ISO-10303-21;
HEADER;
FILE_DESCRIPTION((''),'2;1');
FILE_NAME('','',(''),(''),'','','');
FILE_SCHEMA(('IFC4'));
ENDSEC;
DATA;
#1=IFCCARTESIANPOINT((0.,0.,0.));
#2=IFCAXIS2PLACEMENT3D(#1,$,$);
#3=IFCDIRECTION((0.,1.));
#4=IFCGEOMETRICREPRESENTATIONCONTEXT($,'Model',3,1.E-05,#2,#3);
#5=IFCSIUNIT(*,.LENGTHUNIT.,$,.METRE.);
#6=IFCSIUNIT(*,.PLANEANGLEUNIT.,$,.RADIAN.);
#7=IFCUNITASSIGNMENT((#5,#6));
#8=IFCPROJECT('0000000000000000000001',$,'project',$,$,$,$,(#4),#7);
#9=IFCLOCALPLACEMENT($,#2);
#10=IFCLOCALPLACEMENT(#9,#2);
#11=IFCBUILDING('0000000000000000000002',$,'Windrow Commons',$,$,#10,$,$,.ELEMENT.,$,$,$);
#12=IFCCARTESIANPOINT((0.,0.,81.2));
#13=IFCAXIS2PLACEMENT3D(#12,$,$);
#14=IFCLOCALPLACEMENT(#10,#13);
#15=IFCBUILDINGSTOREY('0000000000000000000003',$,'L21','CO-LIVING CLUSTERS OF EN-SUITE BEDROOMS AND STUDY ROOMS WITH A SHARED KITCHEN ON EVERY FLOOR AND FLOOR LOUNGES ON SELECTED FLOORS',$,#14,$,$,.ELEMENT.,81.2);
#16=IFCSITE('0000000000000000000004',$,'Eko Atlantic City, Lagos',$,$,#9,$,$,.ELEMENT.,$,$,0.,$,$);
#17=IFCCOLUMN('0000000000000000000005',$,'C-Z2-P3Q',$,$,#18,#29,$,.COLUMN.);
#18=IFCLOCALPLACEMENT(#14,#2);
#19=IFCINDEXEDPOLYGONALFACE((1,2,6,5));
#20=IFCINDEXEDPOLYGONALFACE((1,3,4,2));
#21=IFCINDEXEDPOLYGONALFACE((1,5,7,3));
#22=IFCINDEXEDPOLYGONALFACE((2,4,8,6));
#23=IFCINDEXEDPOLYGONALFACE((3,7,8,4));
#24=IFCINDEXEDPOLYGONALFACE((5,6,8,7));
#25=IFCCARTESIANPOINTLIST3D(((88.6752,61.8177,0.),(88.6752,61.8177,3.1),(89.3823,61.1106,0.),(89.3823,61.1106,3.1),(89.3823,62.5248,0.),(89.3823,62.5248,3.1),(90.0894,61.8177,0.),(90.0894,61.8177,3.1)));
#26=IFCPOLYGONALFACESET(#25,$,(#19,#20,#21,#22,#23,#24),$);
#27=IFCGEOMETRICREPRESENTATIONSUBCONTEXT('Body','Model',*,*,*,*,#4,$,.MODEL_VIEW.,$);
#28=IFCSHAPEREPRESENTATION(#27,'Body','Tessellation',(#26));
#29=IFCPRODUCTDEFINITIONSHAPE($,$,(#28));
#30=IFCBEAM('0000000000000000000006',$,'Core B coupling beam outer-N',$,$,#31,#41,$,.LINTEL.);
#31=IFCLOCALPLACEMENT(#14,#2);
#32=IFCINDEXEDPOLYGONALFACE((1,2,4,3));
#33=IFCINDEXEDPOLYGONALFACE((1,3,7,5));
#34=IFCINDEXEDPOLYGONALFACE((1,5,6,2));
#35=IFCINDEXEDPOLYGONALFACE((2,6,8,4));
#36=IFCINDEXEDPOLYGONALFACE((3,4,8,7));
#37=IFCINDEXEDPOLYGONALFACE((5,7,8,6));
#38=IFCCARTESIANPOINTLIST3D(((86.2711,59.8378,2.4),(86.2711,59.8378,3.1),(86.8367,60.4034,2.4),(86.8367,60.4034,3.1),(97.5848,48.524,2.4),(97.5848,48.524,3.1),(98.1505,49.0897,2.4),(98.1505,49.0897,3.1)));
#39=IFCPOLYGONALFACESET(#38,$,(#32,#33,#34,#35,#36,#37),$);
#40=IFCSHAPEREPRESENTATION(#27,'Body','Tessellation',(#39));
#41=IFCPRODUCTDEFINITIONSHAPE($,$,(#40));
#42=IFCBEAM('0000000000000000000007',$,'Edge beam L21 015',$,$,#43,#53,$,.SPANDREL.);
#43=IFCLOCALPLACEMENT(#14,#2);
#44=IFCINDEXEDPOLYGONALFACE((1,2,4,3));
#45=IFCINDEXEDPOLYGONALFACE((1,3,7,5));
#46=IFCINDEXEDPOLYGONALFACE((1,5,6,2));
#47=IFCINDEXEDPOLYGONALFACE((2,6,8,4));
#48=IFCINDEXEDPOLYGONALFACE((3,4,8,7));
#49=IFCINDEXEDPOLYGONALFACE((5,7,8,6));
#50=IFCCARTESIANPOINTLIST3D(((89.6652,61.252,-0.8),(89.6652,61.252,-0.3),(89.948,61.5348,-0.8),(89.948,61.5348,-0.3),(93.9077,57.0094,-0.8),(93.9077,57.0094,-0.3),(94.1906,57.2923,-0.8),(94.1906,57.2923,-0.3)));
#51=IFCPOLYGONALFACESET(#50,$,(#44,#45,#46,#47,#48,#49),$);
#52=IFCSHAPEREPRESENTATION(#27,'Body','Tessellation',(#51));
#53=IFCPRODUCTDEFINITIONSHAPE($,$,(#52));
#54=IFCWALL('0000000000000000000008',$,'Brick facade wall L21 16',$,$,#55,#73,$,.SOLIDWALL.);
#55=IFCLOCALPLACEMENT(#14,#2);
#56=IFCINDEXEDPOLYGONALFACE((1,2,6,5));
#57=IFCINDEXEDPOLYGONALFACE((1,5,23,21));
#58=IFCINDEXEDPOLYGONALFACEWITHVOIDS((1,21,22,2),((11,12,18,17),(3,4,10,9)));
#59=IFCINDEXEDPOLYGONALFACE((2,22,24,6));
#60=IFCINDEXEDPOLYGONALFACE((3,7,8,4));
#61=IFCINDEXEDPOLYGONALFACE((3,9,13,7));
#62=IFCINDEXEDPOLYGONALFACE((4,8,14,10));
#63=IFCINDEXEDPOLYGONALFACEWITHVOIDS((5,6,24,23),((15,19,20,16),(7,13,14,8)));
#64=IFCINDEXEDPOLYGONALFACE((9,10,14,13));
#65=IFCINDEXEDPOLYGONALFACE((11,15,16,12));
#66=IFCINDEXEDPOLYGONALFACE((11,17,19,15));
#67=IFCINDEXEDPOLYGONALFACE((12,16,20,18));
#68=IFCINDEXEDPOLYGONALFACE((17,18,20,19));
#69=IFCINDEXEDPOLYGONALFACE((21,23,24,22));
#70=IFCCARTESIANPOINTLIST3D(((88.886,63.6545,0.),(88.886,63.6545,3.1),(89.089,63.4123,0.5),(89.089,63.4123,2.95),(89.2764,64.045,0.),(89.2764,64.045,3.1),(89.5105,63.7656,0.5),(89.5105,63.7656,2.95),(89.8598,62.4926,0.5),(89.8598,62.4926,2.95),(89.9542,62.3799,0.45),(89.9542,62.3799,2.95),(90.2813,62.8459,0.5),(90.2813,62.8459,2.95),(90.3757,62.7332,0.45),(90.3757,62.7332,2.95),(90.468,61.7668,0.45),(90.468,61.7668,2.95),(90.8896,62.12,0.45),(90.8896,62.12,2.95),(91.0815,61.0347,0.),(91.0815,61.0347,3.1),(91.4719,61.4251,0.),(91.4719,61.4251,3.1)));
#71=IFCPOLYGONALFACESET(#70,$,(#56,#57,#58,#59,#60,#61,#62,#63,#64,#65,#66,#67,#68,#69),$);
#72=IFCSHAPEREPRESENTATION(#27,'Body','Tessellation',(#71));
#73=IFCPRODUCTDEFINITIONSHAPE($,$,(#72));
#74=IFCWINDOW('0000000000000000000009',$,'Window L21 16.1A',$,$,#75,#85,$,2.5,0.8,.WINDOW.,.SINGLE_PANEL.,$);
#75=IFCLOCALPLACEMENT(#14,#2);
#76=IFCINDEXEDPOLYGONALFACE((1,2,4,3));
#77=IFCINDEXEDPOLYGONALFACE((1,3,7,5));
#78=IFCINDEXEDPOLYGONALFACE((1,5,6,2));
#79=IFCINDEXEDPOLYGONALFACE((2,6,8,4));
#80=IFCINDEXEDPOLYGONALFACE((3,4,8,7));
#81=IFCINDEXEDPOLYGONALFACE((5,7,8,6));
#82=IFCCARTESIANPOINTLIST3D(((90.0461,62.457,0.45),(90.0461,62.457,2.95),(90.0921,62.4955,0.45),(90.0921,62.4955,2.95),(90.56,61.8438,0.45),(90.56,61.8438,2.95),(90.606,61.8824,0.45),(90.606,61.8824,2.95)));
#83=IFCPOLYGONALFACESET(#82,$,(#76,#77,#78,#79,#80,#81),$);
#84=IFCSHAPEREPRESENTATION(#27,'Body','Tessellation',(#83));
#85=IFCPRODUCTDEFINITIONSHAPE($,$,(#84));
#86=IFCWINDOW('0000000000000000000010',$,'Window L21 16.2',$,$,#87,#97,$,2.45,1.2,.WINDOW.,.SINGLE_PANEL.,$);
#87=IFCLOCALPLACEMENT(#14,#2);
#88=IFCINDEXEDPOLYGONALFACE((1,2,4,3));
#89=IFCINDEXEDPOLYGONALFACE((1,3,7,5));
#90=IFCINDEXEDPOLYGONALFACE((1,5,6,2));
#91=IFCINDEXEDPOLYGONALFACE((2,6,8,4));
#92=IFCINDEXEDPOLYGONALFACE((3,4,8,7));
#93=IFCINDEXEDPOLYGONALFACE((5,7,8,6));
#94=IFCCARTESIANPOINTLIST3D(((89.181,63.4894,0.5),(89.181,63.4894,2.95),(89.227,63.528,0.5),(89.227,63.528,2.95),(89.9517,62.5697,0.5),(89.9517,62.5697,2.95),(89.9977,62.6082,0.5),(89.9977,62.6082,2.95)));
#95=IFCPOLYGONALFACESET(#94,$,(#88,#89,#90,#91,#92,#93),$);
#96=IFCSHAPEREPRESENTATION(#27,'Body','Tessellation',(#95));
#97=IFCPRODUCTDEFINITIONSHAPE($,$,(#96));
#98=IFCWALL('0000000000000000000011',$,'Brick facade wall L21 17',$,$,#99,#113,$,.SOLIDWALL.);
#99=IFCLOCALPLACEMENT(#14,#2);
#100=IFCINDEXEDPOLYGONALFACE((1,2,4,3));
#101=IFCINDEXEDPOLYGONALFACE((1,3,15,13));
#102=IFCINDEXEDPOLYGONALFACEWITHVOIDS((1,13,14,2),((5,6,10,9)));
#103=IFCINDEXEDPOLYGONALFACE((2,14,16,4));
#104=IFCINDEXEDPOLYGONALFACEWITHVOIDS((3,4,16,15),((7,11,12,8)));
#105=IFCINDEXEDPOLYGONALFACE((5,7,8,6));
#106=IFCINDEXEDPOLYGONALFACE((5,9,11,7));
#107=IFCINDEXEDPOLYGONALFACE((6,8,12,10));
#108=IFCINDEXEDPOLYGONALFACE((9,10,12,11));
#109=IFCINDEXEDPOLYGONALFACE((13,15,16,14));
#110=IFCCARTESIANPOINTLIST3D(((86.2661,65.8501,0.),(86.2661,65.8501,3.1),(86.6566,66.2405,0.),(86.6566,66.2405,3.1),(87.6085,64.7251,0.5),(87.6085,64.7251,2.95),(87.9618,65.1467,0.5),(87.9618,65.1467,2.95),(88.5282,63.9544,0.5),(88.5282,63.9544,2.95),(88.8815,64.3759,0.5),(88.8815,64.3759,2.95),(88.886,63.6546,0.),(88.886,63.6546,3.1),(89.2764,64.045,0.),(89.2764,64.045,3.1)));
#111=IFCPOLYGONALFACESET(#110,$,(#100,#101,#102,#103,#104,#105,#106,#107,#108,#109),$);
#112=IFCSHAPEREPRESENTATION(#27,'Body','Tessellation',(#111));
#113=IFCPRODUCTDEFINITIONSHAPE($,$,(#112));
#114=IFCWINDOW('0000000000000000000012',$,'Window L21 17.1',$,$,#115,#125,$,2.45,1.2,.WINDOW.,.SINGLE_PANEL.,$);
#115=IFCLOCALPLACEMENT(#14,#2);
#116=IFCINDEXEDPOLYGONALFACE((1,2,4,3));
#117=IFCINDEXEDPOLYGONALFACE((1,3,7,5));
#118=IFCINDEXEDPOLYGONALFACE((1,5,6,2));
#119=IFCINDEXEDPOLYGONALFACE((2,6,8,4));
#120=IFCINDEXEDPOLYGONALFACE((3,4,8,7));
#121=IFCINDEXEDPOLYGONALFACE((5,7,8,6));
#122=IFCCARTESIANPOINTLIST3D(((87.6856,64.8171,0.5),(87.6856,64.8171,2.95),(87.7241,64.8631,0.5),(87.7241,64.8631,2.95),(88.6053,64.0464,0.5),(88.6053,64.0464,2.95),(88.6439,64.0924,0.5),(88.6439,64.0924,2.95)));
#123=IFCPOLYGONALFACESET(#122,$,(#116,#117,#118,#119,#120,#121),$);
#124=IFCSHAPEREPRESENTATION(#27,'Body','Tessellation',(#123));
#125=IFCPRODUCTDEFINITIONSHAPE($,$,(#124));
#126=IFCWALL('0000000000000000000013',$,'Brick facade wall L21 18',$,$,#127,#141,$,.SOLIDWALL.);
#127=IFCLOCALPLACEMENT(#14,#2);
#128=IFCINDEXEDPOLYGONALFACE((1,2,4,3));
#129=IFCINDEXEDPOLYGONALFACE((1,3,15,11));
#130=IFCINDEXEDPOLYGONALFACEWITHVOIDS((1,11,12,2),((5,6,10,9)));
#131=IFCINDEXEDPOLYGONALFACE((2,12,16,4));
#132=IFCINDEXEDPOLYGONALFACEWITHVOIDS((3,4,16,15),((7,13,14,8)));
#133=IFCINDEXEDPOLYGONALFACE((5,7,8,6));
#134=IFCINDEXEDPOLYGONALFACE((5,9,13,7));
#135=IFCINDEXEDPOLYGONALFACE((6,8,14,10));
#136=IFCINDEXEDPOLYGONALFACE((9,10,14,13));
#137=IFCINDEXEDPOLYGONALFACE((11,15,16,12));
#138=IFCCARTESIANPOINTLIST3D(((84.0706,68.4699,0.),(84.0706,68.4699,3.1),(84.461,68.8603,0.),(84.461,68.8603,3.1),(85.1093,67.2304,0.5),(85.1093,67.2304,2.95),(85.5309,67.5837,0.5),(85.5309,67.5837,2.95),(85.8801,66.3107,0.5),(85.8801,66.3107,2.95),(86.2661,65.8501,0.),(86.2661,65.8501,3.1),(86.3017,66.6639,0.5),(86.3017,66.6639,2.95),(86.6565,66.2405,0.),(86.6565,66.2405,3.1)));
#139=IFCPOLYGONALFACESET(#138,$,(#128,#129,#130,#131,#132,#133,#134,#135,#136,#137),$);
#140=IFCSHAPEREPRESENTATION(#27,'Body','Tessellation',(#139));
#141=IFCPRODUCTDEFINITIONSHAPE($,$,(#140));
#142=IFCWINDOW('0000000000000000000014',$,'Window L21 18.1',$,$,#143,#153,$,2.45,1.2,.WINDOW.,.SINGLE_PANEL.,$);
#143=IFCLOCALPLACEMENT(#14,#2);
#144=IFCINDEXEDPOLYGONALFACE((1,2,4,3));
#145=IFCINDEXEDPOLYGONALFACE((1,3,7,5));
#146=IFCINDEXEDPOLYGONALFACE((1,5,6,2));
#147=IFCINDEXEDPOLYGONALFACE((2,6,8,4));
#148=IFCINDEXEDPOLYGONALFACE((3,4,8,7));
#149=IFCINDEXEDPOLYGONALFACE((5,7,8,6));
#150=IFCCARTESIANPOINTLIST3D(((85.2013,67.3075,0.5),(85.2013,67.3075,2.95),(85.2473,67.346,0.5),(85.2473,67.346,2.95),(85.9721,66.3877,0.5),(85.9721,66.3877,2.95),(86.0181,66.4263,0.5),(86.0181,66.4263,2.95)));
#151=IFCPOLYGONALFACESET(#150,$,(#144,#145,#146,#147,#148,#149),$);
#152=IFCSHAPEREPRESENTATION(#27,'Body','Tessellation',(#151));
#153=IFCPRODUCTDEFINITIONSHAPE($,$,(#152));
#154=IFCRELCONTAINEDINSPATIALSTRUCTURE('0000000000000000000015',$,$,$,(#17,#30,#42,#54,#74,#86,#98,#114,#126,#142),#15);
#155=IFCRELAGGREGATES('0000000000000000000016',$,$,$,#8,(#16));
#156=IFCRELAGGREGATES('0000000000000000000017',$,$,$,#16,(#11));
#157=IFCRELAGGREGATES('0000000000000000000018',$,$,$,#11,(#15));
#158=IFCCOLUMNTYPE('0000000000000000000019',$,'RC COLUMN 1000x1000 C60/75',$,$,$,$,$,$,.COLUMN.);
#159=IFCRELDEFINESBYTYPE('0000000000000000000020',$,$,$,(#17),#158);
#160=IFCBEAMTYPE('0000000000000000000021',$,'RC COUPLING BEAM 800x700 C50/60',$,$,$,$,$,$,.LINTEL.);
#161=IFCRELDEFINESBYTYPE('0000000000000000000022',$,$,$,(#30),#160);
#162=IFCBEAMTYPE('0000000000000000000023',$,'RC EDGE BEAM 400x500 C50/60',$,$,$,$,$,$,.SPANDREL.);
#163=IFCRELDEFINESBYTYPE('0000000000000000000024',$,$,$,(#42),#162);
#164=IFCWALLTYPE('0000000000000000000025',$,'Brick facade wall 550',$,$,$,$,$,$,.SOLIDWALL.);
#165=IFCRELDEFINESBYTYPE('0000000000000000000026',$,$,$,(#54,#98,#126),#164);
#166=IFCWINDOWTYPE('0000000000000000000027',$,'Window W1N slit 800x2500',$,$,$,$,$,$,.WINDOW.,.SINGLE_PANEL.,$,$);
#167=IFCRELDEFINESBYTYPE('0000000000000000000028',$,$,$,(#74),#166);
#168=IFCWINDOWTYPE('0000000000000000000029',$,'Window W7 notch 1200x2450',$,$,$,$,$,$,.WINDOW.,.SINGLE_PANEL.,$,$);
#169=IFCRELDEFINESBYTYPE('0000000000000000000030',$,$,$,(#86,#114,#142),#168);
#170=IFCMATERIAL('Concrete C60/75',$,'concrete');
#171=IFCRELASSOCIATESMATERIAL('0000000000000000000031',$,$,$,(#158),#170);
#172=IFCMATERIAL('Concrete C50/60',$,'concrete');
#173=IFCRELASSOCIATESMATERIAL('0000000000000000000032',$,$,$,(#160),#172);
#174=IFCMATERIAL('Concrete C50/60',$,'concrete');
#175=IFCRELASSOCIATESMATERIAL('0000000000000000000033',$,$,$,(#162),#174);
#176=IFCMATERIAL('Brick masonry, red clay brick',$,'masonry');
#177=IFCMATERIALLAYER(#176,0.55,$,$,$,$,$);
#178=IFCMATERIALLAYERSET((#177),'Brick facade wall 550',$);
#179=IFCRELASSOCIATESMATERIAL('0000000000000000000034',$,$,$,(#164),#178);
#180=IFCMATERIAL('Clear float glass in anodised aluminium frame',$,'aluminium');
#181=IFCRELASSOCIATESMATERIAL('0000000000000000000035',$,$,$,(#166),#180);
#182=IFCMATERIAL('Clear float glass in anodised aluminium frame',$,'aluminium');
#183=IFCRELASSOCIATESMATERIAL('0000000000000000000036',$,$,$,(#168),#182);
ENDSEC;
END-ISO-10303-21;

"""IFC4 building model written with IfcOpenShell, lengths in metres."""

from ifc_helpers import new_model, si_unit, direction, frame, frame_2d, origin, origin_2d, place, context, subcontext, project, spatial, polyline, rectangle, outline, extrude, material, layer, layer_set, material_profile, profile_set, type_object, element, fill, save


model = new_model("IFC4")

# Units and contexts
model_context = context("Model", 3, precision=1e-05, world=origin(), true_north=direction((0.0, 1.0)))
body_context = subcontext(model_context, "Body", "Model", "MODEL_VIEW")
ifc_project = project(units=[si_unit("LENGTHUNIT", "METRE"), si_unit("PLANEANGLEUNIT", "RADIAN")], contexts=[model_context])

# Site, building, storey
site_placement = place(None, origin())
site = spatial("IfcSite", under=ifc_project, at=site_placement, Name="Eko Atlantic City, Lagos", CompositionType="ELEMENT", RefElevation=0.0)
building_placement = place(site_placement, origin())
building = spatial("IfcBuilding", under=site, at=building_placement, Name="Windrow Commons", CompositionType="ELEMENT")
storey_placement = place(building_placement, frame((0.0, 0.0, 81.2)))
storey = spatial("IfcBuildingStorey", under=building, at=storey_placement, Name="L21", Description="CO-LIVING CLUSTERS OF EN-SUITE BEDROOMS AND STUDY ROOMS WITH A SHARED KITCHEN ON EVERY FLOOR AND FLOOR LOUNGES ON SELECTED FLOORS", CompositionType="ELEMENT", Elevation=81.2)

# Column
ifc_material_1 = material(Name="Concrete C60/75", Category="concrete")
ifc_material_profile_1 = material_profile(ifc_material_1, rectangle(XDim=1.0, YDim=1.0, at=origin_2d()))
ifc_profile_set_1 = profile_set([ifc_material_profile_1], Name="Concrete C60/75")
column_type = type_object("IfcColumnType", Name="RC COLUMN 1000x1000 C60/75", PredefinedType="COLUMN", material=ifc_profile_set_1)
column_placement = place(storey_placement, frame((89.3823, 61.8177, 0.0), z_axis=(0.0, 0.0, 1.0), x_axis=(0.707107, -0.707107, 0.0)))
element("IfcColumn", 1, at=column_placement, inside=storey, type_object=column_type, Name="C-Z2-P3Q", PredefinedType="COLUMN", context=body_context, shape_type="SweptSolid", body=[
    extrude(rectangle(XDim=1.0, YDim=1.0, at=origin_2d()), origin(), (0.0, 0.0, 1.0), 3.1),
])

# Beams
ifc_material_2 = material(Name="Concrete C50/60", Category="concrete")
ifc_material_profile_2 = material_profile(ifc_material_2, rectangle(XDim=0.8, YDim=0.7, at=origin_2d()))
ifc_profile_set_2 = profile_set([ifc_material_profile_2], Name="Concrete C50/60")
beam_type_1 = type_object("IfcBeamType", Name="RC COUPLING BEAM 800x700 C50/60", PredefinedType="LINTEL", material=ifc_profile_set_2)
beam_1_placement = place(storey_placement, frame((86.5539, 60.1206, 2.75), z_axis=(0.707107, -0.707107, 0.0), x_axis=(0.707107, 0.707107, 0.0)))
element("IfcBeam", 2, at=beam_1_placement, inside=storey, type_object=beam_type_1, Name="Core B coupling beam outer-N", PredefinedType="LINTEL", context=body_context, shape_type="SweptSolid", body=[
    extrude(rectangle(XDim=0.8, YDim=0.7, at=origin_2d()), origin(), (0.0, 0.0, 1.0), 16.0),
])
ifc_material_3 = material(Name="Concrete C50/60", Category="concrete")
ifc_material_profile_3 = material_profile(ifc_material_3, rectangle(XDim=0.4, YDim=0.5, at=origin_2d()))
ifc_profile_set_3 = profile_set([ifc_material_profile_3], Name="Concrete C50/60")
beam_type_2 = type_object("IfcBeamType", Name="RC EDGE BEAM 400x500 C50/60", PredefinedType="SPANDREL", material=ifc_profile_set_3)
beam_2_placement = place(storey_placement, frame((89.8066, 61.3934, -0.55), z_axis=(0.707107, -0.707107, 0.0), x_axis=(0.707107, 0.707107, 0.0)))
element("IfcBeam", 3, at=beam_2_placement, inside=storey, type_object=beam_type_2, Name="Edge beam L21 015", PredefinedType="SPANDREL", context=body_context, shape_type="SweptSolid", body=[
    extrude(rectangle(XDim=0.4, YDim=0.5, at=origin_2d()), origin(), (0.0, 0.0, 1.0), 5.9999),
])

# Wall, openings, windows
ifc_material_4 = material(Name="Brick masonry, red clay brick", Category="masonry")
ifc_layer_1 = layer(ifc_material_4, 0.55)
ifc_layer_set_1 = layer_set([ifc_layer_1], Name="Brick facade wall 550")
wall_type_1 = type_object("IfcWallType", Name="Brick facade wall 550", PredefinedType="SOLIDWALL", material=ifc_layer_set_1)
wall_1_placement = place(storey_placement, frame((91.2767, 61.2299, 0.0), z_axis=(0.0, 0.0, 1.0), x_axis=(-0.642297, 0.766456, 0.0)))
wall_1 = element("IfcWall", 4, at=wall_1_placement, inside=storey, type_object=wall_type_1, Name="Brick facade wall L21 16", PredefinedType="SOLIDWALL", context=body_context, shape_type="SweptSolid", body=[
    extrude(outline(polyline([(0.0242, -0.275), (3.4424, -0.275), (3.3939, 0.275), (-0.0242, 0.275), (0.0242, -0.275)])), origin(), (0.0, 0.0, 1.0), 3.1),
])
opening_1_placement = place(wall_1_placement, frame((1.8779, 0.0, 0.5)))
opening_1 = element("IfcOpeningElement", 5, at=opening_1_placement, cuts=wall_1, PredefinedType="OPENING", context=body_context, shape_type="SweptSolid", body=[
    extrude(rectangle(XDim=1.2, YDim=2.45, at=frame_2d((0.6, 1.225))), frame((0.0, 0.285, 0.0), z_axis=(0.0, -1.0, 0.0), x_axis=(1.0, 0.0, 0.0)), (0.0, 0.0, 1.0), 0.57),
])
opening_2_placement = place(wall_1_placement, frame((0.9309, 0.0, 0.45)))
opening_2 = element("IfcOpeningElement", 6, at=opening_2_placement, cuts=wall_1, PredefinedType="OPENING", context=body_context, shape_type="SweptSolid", body=[
    extrude(rectangle(XDim=0.8, YDim=2.5, at=frame_2d((0.4, 1.25))), frame((0.0, 0.285, 0.0), z_axis=(0.0, -1.0, 0.0), x_axis=(1.0, 0.0, 0.0)), (0.0, 0.0, 1.0), 0.57),
])
ifc_material_5 = material(Name="Clear float glass in anodised aluminium frame", Category="aluminium")
window_type_1 = type_object("IfcWindowType", Name="Window W1N slit 800x2500", PartitioningType="SINGLE_PANEL", PredefinedType="WINDOW", material=ifc_material_5)
window_1_placement = place(opening_2_placement, origin())
window_1 = element("IfcWindow", 7, at=window_1_placement, inside=storey, type_object=window_type_1, Name="Window L21 16.1A", OverallHeight=2.5, OverallWidth=0.8, PartitioningType="SINGLE_PANEL", PredefinedType="WINDOW", context=body_context, shape_type="SweptSolid", body=[
    extrude(rectangle(XDim=0.8, YDim=2.5, at=frame_2d((0.4, 1.25))), frame((0.0, 0.155, 0.0), z_axis=(0.0, -1.0, 0.0), x_axis=(1.0, 0.0, 0.0)), (0.0, 0.0, 1.0), 0.06),
])
fill(opening_2, window_1)
ifc_material_6 = material(Name="Clear float glass in anodised aluminium frame", Category="aluminium")
window_type_2 = type_object("IfcWindowType", Name="Window W7 notch 1200x2450", PartitioningType="SINGLE_PANEL", PredefinedType="WINDOW", material=ifc_material_6)
window_2_placement = place(opening_1_placement, origin())
window_2 = element("IfcWindow", 8, at=window_2_placement, inside=storey, type_object=window_type_2, Name="Window L21 16.2", OverallHeight=2.45, OverallWidth=1.2, PartitioningType="SINGLE_PANEL", PredefinedType="WINDOW", context=body_context, shape_type="SweptSolid", body=[
    extrude(rectangle(XDim=1.2, YDim=2.45, at=frame_2d((0.6, 1.225))), frame((0.0, 0.155, 0.0), z_axis=(0.0, -1.0, 0.0), x_axis=(1.0, 0.0, 0.0)), (0.0, 0.0, 1.0), 0.06),
])
fill(opening_1, window_2)

# Walls, openings, windows
wall_2_placement = place(storey_placement, frame((89.0812, 63.8498, 0.0), z_axis=(0.0, 0.0, 1.0), x_axis=(-0.766456, 0.642297, 0.0)))
wall_2 = element("IfcWall", 9, at=wall_2_placement, inside=storey, type_object=wall_type_1, Name="Brick facade wall L21 17", PredefinedType="SOLIDWALL", context=body_context, shape_type="SweptSolid", body=[
    extrude(outline(polyline([(-0.0242, -0.275), (3.3939, -0.275), (3.4424, 0.275), (0.0242, 0.275), (-0.0242, -0.275)])), origin(), (0.0, 0.0, 1.0), 3.1),
])
opening_3_placement = place(wall_2_placement, frame((0.491, 0.0, 0.5)))
opening_3 = element("IfcOpeningElement", 10, at=opening_3_placement, cuts=wall_2, PredefinedType="OPENING", context=body_context, shape_type="SweptSolid", body=[
    extrude(rectangle(XDim=1.2, YDim=2.45, at=frame_2d((0.6, 1.225))), frame((0.0, 0.285, 0.0), z_axis=(0.0, -1.0, 0.0), x_axis=(1.0, 0.0, 0.0)), (0.0, 0.0, 1.0), 0.57),
])
window_3_placement = place(opening_3_placement, origin())
window_3 = element("IfcWindow", 11, at=window_3_placement, inside=storey, type_object=window_type_2, Name="Window L21 17.1", OverallHeight=2.45, OverallWidth=1.2, PartitioningType="SINGLE_PANEL", PredefinedType="WINDOW", context=body_context, shape_type="SweptSolid", body=[
    extrude(rectangle(XDim=1.2, YDim=2.45, at=frame_2d((0.6, 1.225))), frame((0.0, 0.155, 0.0), z_axis=(0.0, -1.0, 0.0), x_axis=(1.0, 0.0, 0.0)), (0.0, 0.0, 1.0), 0.06),
])
fill(opening_3, window_3)
wall_3_placement = place(storey_placement, frame((86.4613, 66.0453, 0.0), z_axis=(0.0, 0.0, 1.0), x_axis=(-0.642311, 0.766444, 0.0)))
wall_3 = element("IfcWall", 12, at=wall_3_placement, inside=storey, type_object=wall_type_1, Name="Brick facade wall L21 18", PredefinedType="SOLIDWALL", context=body_context, shape_type="SweptSolid", body=[
    extrude(outline(polyline([(0.0242, -0.275), (3.4424, -0.275), (3.3939, 0.275), (-0.0242, 0.275), (0.0242, -0.275)])), origin(), (0.0, 0.0, 1.0), 3.1),
])
opening_4_placement = place(wall_3_placement, frame((0.5767, 0.0, 0.5)))
opening_4 = element("IfcOpeningElement", 13, at=opening_4_placement, cuts=wall_3, PredefinedType="OPENING", context=body_context, shape_type="SweptSolid", body=[
    extrude(rectangle(XDim=1.2, YDim=2.45, at=frame_2d((0.6, 1.225))), frame((0.0, 0.285, 0.0), z_axis=(0.0, -1.0, 0.0), x_axis=(1.0, 0.0, 0.0)), (0.0, 0.0, 1.0), 0.57),
])
window_4_placement = place(opening_4_placement, origin())
window_4 = element("IfcWindow", 14, at=window_4_placement, inside=storey, type_object=window_type_2, Name="Window L21 18.1", OverallHeight=2.45, OverallWidth=1.2, PartitioningType="SINGLE_PANEL", PredefinedType="WINDOW", context=body_context, shape_type="SweptSolid", body=[
    extrude(rectangle(XDim=1.2, YDim=2.45, at=frame_2d((0.6, 1.225))), frame((0.0, 0.155, 0.0), z_axis=(0.0, -1.0, 0.0), x_axis=(1.0, 0.0, 0.0)), (0.0, 0.0, 1.0), 0.06),
])
fill(opening_4, window_4)

save(model, "model.ifc")
